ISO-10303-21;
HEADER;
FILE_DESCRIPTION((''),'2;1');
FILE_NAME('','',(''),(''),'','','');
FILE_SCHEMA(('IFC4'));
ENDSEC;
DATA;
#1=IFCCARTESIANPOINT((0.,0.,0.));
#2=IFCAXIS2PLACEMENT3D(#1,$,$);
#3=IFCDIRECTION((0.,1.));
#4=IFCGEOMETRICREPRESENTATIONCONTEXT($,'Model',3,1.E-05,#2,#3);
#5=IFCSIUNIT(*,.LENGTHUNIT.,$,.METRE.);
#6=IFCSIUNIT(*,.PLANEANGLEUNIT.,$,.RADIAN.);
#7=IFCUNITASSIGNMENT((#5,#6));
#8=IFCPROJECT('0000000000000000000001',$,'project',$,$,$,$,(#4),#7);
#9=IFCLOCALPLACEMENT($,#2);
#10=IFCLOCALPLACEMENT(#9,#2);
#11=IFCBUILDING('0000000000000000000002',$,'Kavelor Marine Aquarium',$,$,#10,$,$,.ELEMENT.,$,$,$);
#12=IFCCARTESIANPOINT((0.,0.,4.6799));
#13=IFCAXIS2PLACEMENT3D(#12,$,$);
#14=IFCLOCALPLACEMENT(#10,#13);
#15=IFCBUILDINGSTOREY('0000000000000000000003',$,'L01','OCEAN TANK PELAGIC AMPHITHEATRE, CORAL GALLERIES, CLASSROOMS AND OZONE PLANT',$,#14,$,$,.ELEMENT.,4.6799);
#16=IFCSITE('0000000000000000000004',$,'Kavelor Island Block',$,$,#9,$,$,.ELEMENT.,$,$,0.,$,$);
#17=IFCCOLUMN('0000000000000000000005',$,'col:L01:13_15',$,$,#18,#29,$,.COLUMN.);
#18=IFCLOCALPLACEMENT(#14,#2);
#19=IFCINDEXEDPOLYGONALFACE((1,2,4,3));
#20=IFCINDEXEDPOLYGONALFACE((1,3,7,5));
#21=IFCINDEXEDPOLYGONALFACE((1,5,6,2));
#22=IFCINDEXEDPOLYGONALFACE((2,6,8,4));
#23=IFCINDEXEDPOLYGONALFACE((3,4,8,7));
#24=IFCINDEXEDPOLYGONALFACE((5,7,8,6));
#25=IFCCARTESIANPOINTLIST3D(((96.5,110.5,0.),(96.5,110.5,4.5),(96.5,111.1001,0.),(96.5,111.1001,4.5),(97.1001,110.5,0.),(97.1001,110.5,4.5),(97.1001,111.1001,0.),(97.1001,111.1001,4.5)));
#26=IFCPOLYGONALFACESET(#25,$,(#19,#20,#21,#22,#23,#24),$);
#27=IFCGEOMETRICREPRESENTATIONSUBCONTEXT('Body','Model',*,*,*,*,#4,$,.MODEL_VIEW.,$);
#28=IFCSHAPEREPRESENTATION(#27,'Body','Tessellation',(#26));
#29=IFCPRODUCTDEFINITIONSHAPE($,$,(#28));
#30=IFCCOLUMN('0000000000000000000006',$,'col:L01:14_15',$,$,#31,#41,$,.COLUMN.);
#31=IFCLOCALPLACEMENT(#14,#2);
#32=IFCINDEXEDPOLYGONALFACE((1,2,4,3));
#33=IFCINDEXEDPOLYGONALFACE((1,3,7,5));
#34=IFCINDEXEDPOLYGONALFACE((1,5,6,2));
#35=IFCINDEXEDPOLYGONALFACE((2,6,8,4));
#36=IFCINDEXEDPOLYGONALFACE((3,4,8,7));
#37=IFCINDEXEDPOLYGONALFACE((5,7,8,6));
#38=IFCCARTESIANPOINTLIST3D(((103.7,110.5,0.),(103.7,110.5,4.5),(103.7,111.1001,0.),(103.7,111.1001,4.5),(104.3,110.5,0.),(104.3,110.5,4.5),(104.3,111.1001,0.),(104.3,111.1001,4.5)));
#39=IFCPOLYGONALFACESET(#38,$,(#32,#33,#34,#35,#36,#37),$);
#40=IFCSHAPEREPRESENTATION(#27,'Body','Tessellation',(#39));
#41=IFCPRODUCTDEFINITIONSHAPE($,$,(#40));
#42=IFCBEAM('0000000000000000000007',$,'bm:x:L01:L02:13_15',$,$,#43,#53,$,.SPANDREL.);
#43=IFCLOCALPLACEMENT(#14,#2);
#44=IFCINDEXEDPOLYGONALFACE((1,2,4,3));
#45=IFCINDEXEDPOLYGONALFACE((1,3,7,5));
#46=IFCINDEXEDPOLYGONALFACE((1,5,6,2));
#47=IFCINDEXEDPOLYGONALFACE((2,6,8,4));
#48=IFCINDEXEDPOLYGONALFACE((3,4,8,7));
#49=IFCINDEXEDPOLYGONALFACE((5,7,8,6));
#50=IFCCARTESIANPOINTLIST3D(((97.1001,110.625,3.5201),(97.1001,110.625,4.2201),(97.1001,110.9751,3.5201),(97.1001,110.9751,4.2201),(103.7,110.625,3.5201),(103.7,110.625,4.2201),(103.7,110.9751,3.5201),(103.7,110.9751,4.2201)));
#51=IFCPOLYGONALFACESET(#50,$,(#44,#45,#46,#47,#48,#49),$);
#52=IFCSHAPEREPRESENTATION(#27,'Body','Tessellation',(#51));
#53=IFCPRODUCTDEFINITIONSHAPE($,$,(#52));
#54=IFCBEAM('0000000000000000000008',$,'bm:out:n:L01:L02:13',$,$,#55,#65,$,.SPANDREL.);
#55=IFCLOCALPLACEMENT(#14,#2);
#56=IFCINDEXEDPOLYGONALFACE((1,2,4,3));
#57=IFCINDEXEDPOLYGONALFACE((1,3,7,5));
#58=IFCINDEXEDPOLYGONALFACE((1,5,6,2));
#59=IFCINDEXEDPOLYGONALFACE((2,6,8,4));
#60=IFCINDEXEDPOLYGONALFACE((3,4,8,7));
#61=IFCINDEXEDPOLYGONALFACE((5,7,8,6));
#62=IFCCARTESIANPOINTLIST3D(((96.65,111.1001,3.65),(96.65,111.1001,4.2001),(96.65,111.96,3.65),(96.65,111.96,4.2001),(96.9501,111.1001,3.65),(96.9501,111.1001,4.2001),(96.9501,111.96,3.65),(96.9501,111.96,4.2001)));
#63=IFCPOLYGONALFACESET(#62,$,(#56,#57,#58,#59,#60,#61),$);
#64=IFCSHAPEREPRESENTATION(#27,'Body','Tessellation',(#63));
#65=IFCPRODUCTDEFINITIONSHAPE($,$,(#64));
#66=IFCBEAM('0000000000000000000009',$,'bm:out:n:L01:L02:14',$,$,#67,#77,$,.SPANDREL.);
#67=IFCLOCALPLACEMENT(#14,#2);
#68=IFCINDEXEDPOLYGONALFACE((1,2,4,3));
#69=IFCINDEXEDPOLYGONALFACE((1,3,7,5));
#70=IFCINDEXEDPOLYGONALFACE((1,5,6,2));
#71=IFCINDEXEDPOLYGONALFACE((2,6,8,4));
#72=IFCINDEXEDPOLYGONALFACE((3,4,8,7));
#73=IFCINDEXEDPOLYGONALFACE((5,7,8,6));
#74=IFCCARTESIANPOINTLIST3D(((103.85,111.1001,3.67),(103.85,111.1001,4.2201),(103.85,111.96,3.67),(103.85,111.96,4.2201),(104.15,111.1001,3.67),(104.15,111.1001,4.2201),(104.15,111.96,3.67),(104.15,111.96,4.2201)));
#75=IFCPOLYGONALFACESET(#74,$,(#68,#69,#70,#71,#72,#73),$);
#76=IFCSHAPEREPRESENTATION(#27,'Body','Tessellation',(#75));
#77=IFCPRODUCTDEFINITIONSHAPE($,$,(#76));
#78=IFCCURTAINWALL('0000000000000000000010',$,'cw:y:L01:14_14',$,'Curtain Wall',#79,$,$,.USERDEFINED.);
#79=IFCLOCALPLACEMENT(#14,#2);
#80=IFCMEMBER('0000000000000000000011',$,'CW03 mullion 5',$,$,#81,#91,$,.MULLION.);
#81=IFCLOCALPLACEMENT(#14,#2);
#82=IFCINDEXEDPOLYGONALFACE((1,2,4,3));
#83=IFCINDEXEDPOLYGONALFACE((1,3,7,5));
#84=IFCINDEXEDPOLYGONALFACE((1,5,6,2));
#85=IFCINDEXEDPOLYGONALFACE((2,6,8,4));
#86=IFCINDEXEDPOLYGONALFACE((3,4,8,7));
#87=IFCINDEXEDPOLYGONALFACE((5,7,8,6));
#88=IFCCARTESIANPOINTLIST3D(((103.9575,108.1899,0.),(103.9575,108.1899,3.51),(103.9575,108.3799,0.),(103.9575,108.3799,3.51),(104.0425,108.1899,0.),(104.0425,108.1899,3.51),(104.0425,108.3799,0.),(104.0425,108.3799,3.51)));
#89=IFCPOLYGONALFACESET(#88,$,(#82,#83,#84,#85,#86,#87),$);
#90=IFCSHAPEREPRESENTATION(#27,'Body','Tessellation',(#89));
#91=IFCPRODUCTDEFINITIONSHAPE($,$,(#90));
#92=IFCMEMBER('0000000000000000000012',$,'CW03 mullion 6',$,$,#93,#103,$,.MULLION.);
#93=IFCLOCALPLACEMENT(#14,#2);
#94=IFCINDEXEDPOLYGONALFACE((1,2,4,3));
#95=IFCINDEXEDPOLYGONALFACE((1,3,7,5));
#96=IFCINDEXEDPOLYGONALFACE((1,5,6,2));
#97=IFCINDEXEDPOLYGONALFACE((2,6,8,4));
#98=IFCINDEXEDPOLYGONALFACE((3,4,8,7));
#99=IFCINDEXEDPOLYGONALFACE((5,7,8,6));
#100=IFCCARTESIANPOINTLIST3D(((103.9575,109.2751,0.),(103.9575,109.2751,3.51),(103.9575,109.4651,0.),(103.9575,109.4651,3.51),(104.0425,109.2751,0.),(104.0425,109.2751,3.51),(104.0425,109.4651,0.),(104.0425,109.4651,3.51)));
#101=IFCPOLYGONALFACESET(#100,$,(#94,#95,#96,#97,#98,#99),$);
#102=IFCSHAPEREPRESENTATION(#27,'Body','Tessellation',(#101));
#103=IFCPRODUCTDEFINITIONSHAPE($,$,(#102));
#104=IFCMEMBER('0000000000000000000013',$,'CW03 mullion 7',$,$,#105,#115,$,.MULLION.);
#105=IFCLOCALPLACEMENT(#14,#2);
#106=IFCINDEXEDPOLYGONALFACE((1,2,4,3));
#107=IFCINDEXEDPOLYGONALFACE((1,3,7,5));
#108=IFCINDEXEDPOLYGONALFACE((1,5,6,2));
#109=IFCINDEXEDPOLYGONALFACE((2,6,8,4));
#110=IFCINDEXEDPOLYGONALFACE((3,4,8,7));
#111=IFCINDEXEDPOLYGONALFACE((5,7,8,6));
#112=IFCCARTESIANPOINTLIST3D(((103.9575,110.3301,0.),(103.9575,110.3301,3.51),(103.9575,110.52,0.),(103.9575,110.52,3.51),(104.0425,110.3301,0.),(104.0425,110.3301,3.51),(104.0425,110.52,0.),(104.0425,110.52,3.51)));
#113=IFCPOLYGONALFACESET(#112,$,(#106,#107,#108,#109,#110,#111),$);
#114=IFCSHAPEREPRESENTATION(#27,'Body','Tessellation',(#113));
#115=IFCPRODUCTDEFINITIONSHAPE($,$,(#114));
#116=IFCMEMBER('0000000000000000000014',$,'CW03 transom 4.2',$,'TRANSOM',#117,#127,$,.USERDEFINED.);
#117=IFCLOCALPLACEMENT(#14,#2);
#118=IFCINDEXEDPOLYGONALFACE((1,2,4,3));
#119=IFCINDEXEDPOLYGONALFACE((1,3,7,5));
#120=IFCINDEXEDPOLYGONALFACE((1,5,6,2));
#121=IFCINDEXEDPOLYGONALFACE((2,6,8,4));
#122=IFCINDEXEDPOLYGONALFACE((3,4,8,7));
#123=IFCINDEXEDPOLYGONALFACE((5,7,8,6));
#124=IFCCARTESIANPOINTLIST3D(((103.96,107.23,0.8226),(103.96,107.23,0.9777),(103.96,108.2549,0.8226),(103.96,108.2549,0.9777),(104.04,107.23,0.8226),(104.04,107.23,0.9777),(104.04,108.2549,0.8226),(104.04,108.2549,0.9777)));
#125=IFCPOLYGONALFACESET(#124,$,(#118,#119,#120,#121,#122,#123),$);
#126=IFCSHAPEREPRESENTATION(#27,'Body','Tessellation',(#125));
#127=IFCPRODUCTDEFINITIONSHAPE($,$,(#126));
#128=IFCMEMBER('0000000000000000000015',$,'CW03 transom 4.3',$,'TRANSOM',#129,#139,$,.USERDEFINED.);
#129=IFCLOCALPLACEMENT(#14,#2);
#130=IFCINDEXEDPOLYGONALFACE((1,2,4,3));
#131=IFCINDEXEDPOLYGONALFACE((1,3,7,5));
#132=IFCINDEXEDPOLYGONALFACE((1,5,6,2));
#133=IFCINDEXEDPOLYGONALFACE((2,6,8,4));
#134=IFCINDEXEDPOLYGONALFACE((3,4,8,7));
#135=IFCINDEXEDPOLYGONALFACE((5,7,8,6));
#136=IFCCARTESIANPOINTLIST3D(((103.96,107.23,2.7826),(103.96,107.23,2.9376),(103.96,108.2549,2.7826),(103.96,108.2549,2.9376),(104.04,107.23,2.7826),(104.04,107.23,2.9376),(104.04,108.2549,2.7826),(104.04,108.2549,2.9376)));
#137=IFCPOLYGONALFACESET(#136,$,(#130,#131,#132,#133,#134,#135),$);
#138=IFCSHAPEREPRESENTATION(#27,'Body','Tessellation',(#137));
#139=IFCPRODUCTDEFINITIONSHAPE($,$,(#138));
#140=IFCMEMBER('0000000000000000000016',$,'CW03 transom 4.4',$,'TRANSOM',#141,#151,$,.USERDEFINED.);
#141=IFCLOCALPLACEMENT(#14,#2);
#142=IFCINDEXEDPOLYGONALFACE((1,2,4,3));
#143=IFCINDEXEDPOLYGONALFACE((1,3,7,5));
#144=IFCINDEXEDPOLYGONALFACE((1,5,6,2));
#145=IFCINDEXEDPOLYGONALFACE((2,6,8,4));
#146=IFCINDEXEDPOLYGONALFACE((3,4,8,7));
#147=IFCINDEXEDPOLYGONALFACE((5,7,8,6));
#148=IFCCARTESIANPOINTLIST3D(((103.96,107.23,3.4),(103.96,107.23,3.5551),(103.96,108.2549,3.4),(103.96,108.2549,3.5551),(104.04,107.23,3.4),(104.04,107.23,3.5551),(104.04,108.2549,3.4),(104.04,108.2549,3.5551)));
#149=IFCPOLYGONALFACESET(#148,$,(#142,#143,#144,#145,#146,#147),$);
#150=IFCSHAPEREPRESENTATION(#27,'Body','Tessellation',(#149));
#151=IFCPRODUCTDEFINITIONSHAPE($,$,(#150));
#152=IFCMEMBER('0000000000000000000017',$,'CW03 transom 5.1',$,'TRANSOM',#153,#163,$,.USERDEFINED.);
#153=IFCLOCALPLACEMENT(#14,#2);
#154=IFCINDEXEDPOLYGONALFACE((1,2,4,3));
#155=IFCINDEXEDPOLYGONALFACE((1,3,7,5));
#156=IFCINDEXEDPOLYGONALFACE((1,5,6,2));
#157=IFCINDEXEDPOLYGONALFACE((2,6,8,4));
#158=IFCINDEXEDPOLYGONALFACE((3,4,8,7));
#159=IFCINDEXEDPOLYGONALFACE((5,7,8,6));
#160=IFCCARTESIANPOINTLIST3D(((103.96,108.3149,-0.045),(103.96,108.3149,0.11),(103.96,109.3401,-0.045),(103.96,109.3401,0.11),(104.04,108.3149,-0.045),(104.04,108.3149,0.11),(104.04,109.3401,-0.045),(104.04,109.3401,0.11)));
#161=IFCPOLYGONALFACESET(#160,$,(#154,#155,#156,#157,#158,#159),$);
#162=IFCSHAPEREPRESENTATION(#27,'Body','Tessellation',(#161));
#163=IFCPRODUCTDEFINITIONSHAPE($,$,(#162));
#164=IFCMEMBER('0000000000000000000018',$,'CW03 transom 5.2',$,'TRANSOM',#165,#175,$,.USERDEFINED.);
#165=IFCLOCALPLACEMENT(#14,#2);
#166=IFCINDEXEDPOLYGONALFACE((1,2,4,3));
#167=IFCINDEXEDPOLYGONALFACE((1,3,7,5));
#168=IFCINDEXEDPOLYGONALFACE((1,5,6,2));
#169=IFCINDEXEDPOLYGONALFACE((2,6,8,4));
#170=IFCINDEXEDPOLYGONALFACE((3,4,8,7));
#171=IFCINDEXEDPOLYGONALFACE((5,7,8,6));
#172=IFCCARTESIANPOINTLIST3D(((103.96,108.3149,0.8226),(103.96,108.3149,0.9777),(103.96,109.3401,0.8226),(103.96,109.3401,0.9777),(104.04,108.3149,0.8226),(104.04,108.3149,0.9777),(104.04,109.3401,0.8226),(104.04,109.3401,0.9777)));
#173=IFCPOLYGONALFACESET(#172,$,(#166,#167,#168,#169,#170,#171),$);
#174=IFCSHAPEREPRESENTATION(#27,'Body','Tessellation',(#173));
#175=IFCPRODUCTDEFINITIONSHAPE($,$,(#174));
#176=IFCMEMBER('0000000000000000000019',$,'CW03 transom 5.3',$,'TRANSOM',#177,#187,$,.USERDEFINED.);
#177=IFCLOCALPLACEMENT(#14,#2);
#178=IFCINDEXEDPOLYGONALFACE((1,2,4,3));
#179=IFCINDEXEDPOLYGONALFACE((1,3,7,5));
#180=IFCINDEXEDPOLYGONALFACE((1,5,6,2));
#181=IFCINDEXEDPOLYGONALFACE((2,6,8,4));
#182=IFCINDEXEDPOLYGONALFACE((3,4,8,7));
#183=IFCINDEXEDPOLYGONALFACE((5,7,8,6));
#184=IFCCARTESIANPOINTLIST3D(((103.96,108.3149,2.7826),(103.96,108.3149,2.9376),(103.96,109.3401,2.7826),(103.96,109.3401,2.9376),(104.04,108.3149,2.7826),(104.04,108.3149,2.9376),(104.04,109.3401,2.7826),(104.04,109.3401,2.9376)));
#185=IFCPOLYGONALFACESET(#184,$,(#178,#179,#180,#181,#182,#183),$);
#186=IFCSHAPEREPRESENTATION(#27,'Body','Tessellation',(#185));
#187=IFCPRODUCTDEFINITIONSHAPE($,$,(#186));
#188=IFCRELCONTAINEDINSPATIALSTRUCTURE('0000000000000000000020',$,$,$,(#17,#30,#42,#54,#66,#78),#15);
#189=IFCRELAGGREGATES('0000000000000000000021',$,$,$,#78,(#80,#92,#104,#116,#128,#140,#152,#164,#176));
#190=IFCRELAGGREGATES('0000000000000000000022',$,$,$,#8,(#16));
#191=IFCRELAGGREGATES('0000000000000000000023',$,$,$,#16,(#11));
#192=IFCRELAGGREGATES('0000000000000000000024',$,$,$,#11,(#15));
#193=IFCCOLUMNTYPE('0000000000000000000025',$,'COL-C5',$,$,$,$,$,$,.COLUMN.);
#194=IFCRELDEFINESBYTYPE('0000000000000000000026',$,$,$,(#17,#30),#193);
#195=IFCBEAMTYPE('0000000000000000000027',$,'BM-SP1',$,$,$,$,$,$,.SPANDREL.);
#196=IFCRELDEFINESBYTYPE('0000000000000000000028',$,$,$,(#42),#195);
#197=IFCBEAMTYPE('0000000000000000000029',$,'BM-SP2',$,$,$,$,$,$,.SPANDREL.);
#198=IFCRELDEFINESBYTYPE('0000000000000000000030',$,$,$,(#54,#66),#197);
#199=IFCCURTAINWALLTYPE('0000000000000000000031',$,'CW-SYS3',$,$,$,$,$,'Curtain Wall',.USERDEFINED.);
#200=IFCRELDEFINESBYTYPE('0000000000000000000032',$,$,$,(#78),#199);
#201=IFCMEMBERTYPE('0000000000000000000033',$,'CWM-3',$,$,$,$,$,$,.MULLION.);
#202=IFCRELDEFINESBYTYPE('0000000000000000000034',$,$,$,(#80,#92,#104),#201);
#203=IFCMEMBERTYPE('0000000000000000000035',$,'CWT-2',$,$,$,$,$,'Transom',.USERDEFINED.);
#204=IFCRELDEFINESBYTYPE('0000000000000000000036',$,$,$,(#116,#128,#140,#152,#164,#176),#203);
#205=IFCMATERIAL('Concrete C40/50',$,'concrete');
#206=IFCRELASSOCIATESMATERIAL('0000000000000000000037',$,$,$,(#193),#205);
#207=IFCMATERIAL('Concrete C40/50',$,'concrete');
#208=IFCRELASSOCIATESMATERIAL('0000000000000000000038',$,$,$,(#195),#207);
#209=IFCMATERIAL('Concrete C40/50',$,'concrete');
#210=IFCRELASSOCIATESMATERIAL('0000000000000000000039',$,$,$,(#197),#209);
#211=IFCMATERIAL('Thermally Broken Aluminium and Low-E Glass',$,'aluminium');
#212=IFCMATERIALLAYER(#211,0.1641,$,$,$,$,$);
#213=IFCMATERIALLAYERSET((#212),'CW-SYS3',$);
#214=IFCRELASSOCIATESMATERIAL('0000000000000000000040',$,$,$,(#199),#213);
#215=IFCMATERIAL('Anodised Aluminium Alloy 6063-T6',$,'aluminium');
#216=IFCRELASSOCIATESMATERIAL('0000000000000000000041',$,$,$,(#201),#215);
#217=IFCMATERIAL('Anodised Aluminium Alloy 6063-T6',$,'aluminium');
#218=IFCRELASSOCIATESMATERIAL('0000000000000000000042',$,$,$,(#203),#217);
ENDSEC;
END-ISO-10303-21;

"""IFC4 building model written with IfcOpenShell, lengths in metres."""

from ifc_helpers import new_model, si_unit, direction, frame, origin, origin_2d, place, context, subcontext, project, spatial, rectangle, extrude, material, layer, layer_set, material_profile, profile_set, type_object, element, aggregate, save


model = new_model("IFC4")

# Units and contexts
model_context = context("Model", 3, precision=1e-05, world=origin(), true_north=direction((0.0, 1.0)))
body_context = subcontext(model_context, "Body", "Model", "MODEL_VIEW")
ifc_project = project(units=[si_unit("LENGTHUNIT", "METRE"), si_unit("PLANEANGLEUNIT", "RADIAN")], contexts=[model_context])

# Site, building, storey
site_placement = place(None, origin())
site = spatial("IfcSite", under=ifc_project, at=site_placement, Name="Kavelor Island Block", CompositionType="ELEMENT", RefElevation=0.0)
building_placement = place(site_placement, origin())
building = spatial("IfcBuilding", under=site, at=building_placement, Name="Kavelor Marine Aquarium", CompositionType="ELEMENT")
storey_placement = place(building_placement, frame((0.0, 0.0, 4.6799)))
storey = spatial("IfcBuildingStorey", under=building, at=storey_placement, Name="L01", Description="OCEAN TANK PELAGIC AMPHITHEATRE, CORAL GALLERIES, CLASSROOMS AND OZONE PLANT", CompositionType="ELEMENT", Elevation=4.6799)

# Columns
ifc_material_1 = material(Name="Concrete C40/50", Category="concrete")
ifc_material_profile_1 = material_profile(ifc_material_1, rectangle(XDim=0.6001, YDim=0.6001, at=origin_2d()), Name="RC-COL 600x600")
ifc_profile_set_1 = profile_set([ifc_material_profile_1], Name="Concrete C40/50")
column_type = type_object("IfcColumnType", Name="COL-C5", PredefinedType="COLUMN", material=ifc_profile_set_1)
for number, where, z_axis, x_axis, name in (
    (1, (96.8, 110.8, 0.0), (0.0, 0.0, 1.0), (1.0, 0.0, 0.0), "col:L01:13_15"),
    (2, (104.0, 110.8, 0.0), (0.0, 0.0, 1.0), (1.0, 0.0, 0.0), "col:L01:14_15"),
):
    element("IfcColumn", number, at=place(storey_placement, frame(where, z_axis=z_axis, x_axis=x_axis)), inside=storey, type_object=column_type, Name=name, PredefinedType="COLUMN", context=body_context, shape_type="SweptSolid", body=[
        extrude(rectangle(XDim=0.6001, YDim=0.6001, at=origin_2d()), origin(), (0.0, 0.0, 1.0), 4.5),
    ])

# Beams
ifc_material_2 = material(Name="Concrete C40/50", Category="concrete")
ifc_material_profile_2 = material_profile(ifc_material_2, rectangle(XDim=0.3501, YDim=0.7, at=origin_2d()), Name="RC-SP 350x700")
ifc_profile_set_2 = profile_set([ifc_material_profile_2], Name="Concrete C40/50")
beam_type_1 = type_object("IfcBeamType", Name="BM-SP1", PredefinedType="SPANDREL", material=ifc_profile_set_2)
beam_placement = place(storey_placement, frame((97.1001, 110.8, 3.8701), z_axis=(1.0, 0.0, 0.0), x_axis=(0.0, 1.0, 0.0)))
element("IfcBeam", 3, at=beam_placement, inside=storey, type_object=beam_type_1, Name="bm:x:L01:L02:13_15", PredefinedType="SPANDREL", context=body_context, shape_type="SweptSolid", body=[
    extrude(rectangle(XDim=0.3501, YDim=0.7, at=origin_2d()), origin(), (0.0, 0.0, 1.0), 6.5999),
])
ifc_material_3 = material(Name="Concrete C40/50", Category="concrete")
ifc_material_profile_3 = material_profile(ifc_material_3, rectangle(XDim=0.3, YDim=0.55, at=origin_2d()), Name="RC-SP 300x550")
ifc_profile_set_3 = profile_set([ifc_material_profile_3], Name="Concrete C40/50")
beam_type_2 = type_object("IfcBeamType", Name="BM-SP2", PredefinedType="SPANDREL", material=ifc_profile_set_3)
for number, where, z_axis, x_axis, name in (
    (4, (96.8, 111.1001, 3.925), (0.0, 1.0, 0.0), (-1.0, 0.0, 0.0), "bm:out:n:L01:L02:13"),
    (5, (104.0, 111.1001, 3.9451), (0.0, 1.0, 0.0), (-1.0, 0.0, 0.0), "bm:out:n:L01:L02:14"),
):
    element("IfcBeam", number, at=place(storey_placement, frame(where, z_axis=z_axis, x_axis=x_axis)), inside=storey, type_object=beam_type_2, Name=name, PredefinedType="SPANDREL", context=body_context, shape_type="SweptSolid", body=[
        extrude(rectangle(XDim=0.3, YDim=0.55, at=origin_2d()), origin(), (0.0, 0.0, 1.0), 0.8599),
    ])

# Curtain wall, members
ifc_material_4 = material(Name="Thermally Broken Aluminium and Low-E Glass", Category="aluminium")
ifc_layer_1 = layer(ifc_material_4, 0.1641)
ifc_layer_set_1 = layer_set([ifc_layer_1], Name="CW-SYS3")
curtain_wall_type = type_object("IfcCurtainWallType", Name="CW-SYS3", ElementType="Curtain Wall", PredefinedType="USERDEFINED", material=ifc_layer_set_1)
curtain_wall_placement = place(storey_placement, origin())
curtain_wall = element("IfcCurtainWall", 6, at=curtain_wall_placement, inside=storey, type_object=curtain_wall_type, Name="cw:y:L01:14_14", ObjectType="Curtain Wall", PredefinedType="USERDEFINED")
ifc_material_5 = material(Name="Anodised Aluminium Alloy 6063-T6", Category="aluminium")
ifc_material_profile_4 = material_profile(ifc_material_5, rectangle(XDim=0.085, YDim=0.1899, at=origin_2d()), Name="CW-MUL 85x190")
ifc_profile_set_4 = profile_set([ifc_material_profile_4], Name="Anodised Aluminium Alloy 6063-T6")
member_type_1 = type_object("IfcMemberType", Name="CWM-3", PredefinedType="MULLION", material=ifc_profile_set_4)
member_1_placement = place(storey_placement, frame((104.0, 108.2849, 0.0), z_axis=(0.0, 0.0, 1.0), x_axis=(-1.0, 0.0, 0.0)))
member_1 = element("IfcMember", 7, at=member_1_placement, type_object=member_type_1, Name="CW03 mullion 5", PredefinedType="MULLION", context=body_context, shape_type="SweptSolid", body=[
    extrude(rectangle(XDim=0.085, YDim=0.1899, at=origin_2d()), origin(), (0.0, 0.0, 1.0), 3.51),
])
member_2_placement = place(storey_placement, frame((104.0, 109.3701, 0.0), z_axis=(0.0, 0.0, 1.0), x_axis=(-1.0, 0.0, 0.0)))
member_2 = element("IfcMember", 8, at=member_2_placement, type_object=member_type_1, Name="CW03 mullion 6", PredefinedType="MULLION", context=body_context, shape_type="SweptSolid", body=[
    extrude(rectangle(XDim=0.085, YDim=0.1899, at=origin_2d()), origin(), (0.0, 0.0, 1.0), 3.51),
])
member_3_placement = place(storey_placement, frame((104.0, 110.425, 0.0), z_axis=(0.0, 0.0, 1.0), x_axis=(-1.0, 0.0, 0.0)))
member_3 = element("IfcMember", 9, at=member_3_placement, type_object=member_type_1, Name="CW03 mullion 7", PredefinedType="MULLION", context=body_context, shape_type="SweptSolid", body=[
    extrude(rectangle(XDim=0.085, YDim=0.1899, at=origin_2d()), origin(), (0.0, 0.0, 1.0), 3.51),
])
ifc_material_6 = material(Name="Anodised Aluminium Alloy 6063-T6", Category="aluminium")
ifc_material_profile_5 = material_profile(ifc_material_6, rectangle(XDim=0.0801, YDim=0.155, at=origin_2d()), Name="CW-TRN 80x155")
ifc_profile_set_5 = profile_set([ifc_material_profile_5], Name="Anodised Aluminium Alloy 6063-T6")
member_type_2 = type_object("IfcMemberType", Name="CWT-2", ElementType="Transom", PredefinedType="USERDEFINED", material=ifc_profile_set_5)
member_4_placement = place(storey_placement, frame((104.0, 107.23, 0.9001), z_axis=(0.0, 1.0, 0.0), x_axis=(-1.0, 0.0, 0.0)))
member_4 = element("IfcMember", 10, at=member_4_placement, type_object=member_type_2, Name="CW03 transom 4.2", ObjectType="TRANSOM", PredefinedType="USERDEFINED", context=body_context, shape_type="SweptSolid", body=[
    extrude(rectangle(XDim=0.0801, YDim=0.155, at=origin_2d()), origin(), (0.0, 0.0, 1.0), 1.0249),
])
member_5_placement = place(storey_placement, frame((104.0, 107.23, 2.8601), z_axis=(0.0, 1.0, 0.0), x_axis=(-1.0, 0.0, 0.0)))
member_5 = element("IfcMember", 11, at=member_5_placement, type_object=member_type_2, Name="CW03 transom 4.3", ObjectType="TRANSOM", PredefinedType="USERDEFINED", context=body_context, shape_type="SweptSolid", body=[
    extrude(rectangle(XDim=0.0801, YDim=0.155, at=origin_2d()), origin(), (0.0, 0.0, 1.0), 1.0249),
])
member_6_placement = place(storey_placement, frame((104.0, 107.23, 3.4775), z_axis=(0.0, 1.0, 0.0), x_axis=(-1.0, 0.0, 0.0)))
member_6 = element("IfcMember", 12, at=member_6_placement, type_object=member_type_2, Name="CW03 transom 4.4", ObjectType="TRANSOM", PredefinedType="USERDEFINED", context=body_context, shape_type="SweptSolid", body=[
    extrude(rectangle(XDim=0.0801, YDim=0.155, at=origin_2d()), origin(), (0.0, 0.0, 1.0), 1.0249),
])
member_7_placement = place(storey_placement, frame((104.0, 108.3149, 0.0325), z_axis=(0.0, 1.0, 0.0), x_axis=(-1.0, 0.0, 0.0)))
member_7 = element("IfcMember", 13, at=member_7_placement, type_object=member_type_2, Name="CW03 transom 5.1", ObjectType="TRANSOM", PredefinedType="USERDEFINED", context=body_context, shape_type="SweptSolid", body=[
    extrude(rectangle(XDim=0.0801, YDim=0.155, at=origin_2d()), origin(), (0.0, 0.0, 1.0), 1.0251),
])
member_8_placement = place(storey_placement, frame((104.0, 108.3149, 0.9001), z_axis=(0.0, 1.0, 0.0), x_axis=(-1.0, 0.0, 0.0)))
member_8 = element("IfcMember", 14, at=member_8_placement, type_object=member_type_2, Name="CW03 transom 5.2", ObjectType="TRANSOM", PredefinedType="USERDEFINED", context=body_context, shape_type="SweptSolid", body=[
    extrude(rectangle(XDim=0.0801, YDim=0.155, at=origin_2d()), origin(), (0.0, 0.0, 1.0), 1.0251),
])
member_9_placement = place(storey_placement, frame((104.0, 108.3149, 2.8601), z_axis=(0.0, 1.0, 0.0), x_axis=(-1.0, 0.0, 0.0)))
member_9 = element("IfcMember", 15, at=member_9_placement, type_object=member_type_2, Name="CW03 transom 5.3", ObjectType="TRANSOM", PredefinedType="USERDEFINED", context=body_context, shape_type="SweptSolid", body=[
    extrude(rectangle(XDim=0.0801, YDim=0.155, at=origin_2d()), origin(), (0.0, 0.0, 1.0), 1.0251),
])
aggregate(curtain_wall, [member_1, member_2, member_3, member_4, member_5, member_6, member_7, member_8, member_9])

save(model, "model.ifc")
